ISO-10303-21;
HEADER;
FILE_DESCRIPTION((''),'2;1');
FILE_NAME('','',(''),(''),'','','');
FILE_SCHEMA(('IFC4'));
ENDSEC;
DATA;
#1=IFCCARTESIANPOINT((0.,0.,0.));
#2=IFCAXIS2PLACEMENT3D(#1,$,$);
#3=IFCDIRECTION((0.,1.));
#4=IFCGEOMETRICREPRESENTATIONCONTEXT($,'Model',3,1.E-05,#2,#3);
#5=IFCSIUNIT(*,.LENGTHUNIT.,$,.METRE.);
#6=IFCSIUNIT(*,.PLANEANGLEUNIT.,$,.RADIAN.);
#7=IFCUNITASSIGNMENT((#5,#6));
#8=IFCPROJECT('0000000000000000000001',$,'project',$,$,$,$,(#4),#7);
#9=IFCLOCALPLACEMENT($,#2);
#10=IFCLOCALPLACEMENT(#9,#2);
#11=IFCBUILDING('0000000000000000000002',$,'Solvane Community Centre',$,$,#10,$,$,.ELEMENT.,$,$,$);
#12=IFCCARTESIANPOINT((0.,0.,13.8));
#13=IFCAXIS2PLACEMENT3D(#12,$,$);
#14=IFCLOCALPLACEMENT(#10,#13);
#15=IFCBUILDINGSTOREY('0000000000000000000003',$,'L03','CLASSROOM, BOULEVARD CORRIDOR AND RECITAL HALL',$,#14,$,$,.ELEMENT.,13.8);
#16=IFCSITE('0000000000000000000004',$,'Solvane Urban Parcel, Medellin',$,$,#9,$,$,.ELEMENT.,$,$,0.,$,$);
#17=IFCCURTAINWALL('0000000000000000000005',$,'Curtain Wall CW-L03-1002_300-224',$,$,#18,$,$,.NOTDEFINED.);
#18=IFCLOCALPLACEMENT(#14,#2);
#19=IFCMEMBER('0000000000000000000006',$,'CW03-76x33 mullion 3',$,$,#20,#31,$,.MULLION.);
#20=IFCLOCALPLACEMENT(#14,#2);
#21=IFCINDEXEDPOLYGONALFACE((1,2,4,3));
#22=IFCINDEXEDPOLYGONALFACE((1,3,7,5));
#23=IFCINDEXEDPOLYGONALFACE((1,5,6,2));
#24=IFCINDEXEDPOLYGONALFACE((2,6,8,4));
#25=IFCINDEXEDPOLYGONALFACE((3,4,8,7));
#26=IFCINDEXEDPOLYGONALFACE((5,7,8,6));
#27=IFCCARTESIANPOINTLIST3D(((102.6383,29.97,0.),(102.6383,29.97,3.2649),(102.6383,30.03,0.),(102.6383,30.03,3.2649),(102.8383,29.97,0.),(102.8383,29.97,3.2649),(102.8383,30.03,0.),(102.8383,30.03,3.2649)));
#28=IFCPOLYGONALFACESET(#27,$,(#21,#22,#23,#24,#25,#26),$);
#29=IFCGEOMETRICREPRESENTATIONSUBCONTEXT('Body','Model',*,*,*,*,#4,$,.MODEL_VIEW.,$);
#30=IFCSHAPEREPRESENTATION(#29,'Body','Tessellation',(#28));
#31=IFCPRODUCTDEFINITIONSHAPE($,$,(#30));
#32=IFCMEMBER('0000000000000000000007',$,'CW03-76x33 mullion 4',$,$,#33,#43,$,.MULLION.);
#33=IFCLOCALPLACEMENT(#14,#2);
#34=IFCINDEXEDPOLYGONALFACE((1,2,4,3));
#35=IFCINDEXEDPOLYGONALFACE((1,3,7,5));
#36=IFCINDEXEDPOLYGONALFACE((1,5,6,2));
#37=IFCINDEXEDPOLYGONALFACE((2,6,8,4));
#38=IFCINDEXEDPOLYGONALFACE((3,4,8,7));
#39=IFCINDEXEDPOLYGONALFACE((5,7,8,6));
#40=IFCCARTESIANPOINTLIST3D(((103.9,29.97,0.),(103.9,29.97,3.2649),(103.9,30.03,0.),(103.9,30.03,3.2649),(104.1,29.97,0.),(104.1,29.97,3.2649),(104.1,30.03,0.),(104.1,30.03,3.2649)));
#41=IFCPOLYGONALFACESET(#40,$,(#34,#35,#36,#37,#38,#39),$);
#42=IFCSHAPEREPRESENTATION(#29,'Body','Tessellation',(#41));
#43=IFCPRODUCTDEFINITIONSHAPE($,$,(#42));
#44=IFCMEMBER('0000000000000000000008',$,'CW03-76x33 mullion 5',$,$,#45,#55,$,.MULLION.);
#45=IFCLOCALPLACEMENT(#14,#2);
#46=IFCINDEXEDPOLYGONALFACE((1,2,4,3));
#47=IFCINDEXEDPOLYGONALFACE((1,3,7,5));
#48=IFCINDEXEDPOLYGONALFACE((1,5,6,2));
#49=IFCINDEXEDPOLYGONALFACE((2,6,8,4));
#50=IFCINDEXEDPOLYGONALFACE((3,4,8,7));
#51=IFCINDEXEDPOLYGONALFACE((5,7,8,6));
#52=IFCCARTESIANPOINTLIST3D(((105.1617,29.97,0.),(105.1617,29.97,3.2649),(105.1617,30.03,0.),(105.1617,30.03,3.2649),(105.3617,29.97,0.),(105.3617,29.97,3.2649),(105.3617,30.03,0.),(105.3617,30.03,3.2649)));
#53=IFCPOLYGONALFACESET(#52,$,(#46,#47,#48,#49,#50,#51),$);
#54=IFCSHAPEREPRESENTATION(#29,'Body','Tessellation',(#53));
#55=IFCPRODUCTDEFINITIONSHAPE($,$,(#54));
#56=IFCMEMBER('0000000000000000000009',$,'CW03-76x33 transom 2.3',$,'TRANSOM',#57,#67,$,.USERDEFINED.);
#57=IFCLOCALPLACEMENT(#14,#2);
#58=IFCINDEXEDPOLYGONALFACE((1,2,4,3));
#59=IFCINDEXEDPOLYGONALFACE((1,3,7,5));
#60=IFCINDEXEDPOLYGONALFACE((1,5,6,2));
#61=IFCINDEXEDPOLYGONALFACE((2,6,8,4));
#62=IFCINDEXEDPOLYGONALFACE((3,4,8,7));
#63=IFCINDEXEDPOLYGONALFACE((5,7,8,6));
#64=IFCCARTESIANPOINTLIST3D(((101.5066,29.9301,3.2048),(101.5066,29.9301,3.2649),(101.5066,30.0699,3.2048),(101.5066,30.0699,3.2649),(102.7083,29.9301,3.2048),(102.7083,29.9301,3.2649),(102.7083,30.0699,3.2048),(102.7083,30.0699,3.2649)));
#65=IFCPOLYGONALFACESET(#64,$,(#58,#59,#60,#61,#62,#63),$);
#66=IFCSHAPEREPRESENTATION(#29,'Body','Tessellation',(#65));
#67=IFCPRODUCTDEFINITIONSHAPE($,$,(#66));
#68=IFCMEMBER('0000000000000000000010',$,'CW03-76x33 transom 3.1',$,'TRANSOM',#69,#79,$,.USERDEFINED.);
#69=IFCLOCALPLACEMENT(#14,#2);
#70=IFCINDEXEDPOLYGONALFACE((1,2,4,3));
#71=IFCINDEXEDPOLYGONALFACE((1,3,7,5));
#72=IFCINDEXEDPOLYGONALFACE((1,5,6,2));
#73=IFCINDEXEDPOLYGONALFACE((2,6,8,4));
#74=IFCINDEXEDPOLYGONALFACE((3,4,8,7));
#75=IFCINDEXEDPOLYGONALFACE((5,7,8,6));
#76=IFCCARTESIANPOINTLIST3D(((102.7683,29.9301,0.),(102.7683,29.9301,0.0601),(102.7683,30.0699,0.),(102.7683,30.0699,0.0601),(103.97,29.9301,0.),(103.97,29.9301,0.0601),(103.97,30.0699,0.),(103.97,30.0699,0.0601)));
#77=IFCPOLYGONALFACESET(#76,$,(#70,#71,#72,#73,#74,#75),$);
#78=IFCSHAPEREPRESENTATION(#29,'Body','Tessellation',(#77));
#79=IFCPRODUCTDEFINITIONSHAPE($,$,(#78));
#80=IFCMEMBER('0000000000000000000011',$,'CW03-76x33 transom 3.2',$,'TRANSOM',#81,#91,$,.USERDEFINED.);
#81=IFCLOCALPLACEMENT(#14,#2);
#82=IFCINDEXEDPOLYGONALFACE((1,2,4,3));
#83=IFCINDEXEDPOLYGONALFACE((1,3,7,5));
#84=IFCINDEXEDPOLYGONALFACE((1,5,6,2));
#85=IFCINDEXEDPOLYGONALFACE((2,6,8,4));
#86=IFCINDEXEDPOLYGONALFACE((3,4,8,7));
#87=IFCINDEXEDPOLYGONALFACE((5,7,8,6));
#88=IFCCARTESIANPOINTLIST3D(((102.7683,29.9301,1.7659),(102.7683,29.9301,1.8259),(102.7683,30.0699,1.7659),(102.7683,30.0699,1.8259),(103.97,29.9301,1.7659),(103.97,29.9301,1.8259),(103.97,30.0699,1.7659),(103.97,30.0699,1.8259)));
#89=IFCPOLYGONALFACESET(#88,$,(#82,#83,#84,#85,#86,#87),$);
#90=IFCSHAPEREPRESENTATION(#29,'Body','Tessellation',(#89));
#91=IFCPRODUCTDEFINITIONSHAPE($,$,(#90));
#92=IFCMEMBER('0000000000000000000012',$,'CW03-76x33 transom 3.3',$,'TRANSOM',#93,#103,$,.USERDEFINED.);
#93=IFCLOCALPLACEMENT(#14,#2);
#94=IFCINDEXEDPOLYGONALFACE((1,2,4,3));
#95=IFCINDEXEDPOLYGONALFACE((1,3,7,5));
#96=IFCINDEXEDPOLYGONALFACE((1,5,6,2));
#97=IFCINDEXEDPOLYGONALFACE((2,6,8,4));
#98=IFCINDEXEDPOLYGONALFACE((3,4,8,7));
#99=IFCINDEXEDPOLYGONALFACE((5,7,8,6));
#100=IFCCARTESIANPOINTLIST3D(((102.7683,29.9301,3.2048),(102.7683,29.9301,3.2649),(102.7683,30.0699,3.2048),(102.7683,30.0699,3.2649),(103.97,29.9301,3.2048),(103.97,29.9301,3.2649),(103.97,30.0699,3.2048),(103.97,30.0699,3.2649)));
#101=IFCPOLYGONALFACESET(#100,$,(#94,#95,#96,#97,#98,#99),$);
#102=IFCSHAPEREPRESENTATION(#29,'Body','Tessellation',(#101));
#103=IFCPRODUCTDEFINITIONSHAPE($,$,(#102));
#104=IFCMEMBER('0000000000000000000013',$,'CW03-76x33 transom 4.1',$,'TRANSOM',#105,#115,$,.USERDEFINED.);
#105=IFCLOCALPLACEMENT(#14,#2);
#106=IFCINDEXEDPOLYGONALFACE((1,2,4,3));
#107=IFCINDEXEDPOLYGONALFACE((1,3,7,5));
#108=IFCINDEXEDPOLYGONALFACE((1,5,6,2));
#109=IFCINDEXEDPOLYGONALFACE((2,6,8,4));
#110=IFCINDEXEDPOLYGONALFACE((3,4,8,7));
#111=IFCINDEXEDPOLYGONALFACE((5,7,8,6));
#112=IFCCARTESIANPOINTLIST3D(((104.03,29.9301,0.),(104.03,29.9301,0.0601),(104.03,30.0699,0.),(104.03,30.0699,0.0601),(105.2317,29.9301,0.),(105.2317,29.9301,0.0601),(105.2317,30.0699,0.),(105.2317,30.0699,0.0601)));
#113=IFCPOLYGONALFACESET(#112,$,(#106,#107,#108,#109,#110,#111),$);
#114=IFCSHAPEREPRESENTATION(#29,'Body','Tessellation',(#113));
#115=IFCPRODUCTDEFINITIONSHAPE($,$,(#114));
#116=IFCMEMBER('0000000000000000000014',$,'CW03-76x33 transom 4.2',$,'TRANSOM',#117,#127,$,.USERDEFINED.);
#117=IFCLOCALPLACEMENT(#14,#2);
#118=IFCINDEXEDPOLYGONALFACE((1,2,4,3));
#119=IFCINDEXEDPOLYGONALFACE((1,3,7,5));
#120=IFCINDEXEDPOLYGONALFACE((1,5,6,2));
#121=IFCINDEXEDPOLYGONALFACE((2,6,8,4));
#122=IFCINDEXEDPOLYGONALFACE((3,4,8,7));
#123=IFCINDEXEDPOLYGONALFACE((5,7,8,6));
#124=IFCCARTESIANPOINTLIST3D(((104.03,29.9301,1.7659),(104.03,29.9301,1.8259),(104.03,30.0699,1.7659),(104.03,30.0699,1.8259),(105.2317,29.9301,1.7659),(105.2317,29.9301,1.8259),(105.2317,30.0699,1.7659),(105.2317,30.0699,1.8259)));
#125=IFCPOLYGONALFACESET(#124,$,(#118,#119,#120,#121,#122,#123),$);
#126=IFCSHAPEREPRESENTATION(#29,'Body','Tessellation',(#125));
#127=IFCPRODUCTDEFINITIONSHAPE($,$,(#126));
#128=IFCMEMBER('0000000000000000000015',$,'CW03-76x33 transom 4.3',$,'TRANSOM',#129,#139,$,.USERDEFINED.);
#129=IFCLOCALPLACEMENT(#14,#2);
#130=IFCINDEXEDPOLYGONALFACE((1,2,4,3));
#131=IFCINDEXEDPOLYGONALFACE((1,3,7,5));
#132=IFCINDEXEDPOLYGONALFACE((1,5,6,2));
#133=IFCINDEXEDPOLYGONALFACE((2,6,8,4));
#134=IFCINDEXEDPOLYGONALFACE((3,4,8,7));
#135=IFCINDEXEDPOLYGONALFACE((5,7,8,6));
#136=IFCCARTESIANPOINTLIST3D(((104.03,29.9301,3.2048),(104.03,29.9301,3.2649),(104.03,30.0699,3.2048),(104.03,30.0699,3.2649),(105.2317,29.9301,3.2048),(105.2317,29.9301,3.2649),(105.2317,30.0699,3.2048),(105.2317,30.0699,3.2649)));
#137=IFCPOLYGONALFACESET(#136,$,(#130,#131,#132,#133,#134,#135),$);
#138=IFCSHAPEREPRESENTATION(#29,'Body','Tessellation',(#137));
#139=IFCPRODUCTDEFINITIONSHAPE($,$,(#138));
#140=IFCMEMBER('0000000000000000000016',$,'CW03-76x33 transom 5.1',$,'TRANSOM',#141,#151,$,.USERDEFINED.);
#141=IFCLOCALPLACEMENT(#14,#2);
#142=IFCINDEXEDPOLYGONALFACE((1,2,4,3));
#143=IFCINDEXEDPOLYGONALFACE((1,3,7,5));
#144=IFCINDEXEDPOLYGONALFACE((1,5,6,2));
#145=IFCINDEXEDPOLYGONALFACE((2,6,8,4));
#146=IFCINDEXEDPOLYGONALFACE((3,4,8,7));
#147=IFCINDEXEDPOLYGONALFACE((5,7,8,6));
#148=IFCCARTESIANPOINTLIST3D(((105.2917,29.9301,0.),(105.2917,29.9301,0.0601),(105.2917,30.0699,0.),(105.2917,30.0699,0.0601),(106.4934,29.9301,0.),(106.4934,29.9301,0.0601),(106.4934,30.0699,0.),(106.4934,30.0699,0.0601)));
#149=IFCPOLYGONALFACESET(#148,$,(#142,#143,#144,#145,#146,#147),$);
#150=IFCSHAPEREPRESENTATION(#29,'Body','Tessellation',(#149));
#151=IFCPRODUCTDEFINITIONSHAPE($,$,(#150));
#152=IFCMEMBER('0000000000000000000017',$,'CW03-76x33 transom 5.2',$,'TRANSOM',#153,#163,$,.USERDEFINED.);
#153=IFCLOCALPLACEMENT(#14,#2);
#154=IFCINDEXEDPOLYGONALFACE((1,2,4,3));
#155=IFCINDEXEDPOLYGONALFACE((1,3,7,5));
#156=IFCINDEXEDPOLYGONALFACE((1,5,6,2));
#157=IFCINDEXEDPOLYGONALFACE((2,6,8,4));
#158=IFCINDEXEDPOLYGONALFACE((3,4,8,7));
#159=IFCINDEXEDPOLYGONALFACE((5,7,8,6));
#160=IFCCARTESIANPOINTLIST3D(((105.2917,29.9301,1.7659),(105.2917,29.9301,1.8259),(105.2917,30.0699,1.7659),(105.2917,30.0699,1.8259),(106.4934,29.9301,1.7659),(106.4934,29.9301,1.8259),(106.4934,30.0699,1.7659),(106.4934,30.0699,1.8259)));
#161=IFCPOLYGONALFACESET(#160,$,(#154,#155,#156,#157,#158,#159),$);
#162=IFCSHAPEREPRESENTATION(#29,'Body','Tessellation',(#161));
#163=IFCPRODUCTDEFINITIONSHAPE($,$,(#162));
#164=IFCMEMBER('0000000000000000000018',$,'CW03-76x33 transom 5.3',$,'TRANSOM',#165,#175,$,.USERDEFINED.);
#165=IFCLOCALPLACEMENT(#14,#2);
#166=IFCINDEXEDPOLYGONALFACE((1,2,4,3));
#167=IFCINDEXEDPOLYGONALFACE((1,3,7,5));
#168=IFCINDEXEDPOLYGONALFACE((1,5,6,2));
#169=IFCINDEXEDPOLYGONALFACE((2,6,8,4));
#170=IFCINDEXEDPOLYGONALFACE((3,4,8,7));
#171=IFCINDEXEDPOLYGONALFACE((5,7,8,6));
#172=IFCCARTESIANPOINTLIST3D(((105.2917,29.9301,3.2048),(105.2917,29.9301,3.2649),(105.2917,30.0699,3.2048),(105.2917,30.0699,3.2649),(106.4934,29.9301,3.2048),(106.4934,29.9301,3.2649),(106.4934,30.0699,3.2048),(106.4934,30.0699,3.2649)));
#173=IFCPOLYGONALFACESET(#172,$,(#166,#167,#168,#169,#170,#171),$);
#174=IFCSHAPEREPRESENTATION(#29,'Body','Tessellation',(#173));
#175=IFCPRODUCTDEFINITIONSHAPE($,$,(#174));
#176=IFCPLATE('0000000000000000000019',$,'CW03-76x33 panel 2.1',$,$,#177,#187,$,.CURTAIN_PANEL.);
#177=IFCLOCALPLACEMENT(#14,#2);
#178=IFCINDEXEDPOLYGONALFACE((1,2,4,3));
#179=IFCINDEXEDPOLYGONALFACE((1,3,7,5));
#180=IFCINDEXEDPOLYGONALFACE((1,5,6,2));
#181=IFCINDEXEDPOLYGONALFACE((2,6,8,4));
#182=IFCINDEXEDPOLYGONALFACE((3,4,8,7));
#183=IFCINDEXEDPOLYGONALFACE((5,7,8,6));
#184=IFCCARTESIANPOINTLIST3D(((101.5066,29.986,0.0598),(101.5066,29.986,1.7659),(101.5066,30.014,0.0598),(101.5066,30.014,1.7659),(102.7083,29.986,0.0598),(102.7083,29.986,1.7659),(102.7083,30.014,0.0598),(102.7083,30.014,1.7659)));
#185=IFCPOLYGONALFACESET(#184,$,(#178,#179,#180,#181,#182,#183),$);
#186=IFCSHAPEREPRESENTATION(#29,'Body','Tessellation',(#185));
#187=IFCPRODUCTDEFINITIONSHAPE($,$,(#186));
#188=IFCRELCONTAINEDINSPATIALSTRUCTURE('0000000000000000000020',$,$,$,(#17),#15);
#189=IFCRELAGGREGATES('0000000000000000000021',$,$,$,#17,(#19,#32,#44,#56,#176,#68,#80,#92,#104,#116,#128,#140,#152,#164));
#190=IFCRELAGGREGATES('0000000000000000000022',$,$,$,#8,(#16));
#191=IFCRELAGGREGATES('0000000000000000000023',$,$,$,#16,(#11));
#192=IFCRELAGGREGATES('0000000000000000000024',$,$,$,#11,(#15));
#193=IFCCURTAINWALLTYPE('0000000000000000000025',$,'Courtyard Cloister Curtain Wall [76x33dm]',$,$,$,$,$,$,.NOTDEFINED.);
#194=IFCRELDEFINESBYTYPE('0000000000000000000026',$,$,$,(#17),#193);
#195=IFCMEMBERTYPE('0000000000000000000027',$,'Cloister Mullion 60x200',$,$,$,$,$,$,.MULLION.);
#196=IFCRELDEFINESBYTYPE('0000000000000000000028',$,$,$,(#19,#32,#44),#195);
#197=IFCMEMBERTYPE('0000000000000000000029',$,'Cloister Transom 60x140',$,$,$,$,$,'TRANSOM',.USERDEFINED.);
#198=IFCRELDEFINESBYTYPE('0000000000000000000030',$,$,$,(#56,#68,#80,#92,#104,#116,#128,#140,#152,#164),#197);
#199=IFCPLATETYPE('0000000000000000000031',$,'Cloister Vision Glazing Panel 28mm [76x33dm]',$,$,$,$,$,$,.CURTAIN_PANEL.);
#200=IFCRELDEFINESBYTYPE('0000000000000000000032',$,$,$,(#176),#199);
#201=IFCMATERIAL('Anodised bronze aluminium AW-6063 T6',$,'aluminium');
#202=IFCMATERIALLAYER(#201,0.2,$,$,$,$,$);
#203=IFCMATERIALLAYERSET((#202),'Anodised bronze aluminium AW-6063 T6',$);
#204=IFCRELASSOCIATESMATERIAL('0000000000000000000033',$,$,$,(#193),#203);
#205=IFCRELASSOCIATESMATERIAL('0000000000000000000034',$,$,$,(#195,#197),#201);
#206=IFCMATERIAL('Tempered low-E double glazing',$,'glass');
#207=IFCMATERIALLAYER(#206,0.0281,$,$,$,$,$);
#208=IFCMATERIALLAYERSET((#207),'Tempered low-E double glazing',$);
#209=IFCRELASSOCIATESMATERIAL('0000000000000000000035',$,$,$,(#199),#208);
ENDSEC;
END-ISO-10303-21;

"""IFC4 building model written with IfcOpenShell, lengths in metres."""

from ifc_helpers import new_model, si_unit, direction, frame, origin, origin_2d, place, context, subcontext, project, spatial, rectangle, extrude, material, layer, layer_set, material_profile, profile_set, type_object, element, aggregate, save


model = new_model("IFC4")

# Units and contexts
model_context = context("Model", 3, precision=1e-05, world=origin(), true_north=direction((0.0, 1.0)))
body_context = subcontext(model_context, "Body", "Model", "MODEL_VIEW")
ifc_project = project(units=[si_unit("LENGTHUNIT", "METRE"), si_unit("PLANEANGLEUNIT", "RADIAN")], contexts=[model_context])

# Site, building, storey
site_placement = place(None, origin())
site = spatial("IfcSite", under=ifc_project, at=site_placement, Name="Solvane Urban Parcel, Medellin", CompositionType="ELEMENT", RefElevation=0.0)
building_placement = place(site_placement, origin())
building = spatial("IfcBuilding", under=site, at=building_placement, Name="Solvane Community Centre", CompositionType="ELEMENT")
storey_placement = place(building_placement, frame((0.0, 0.0, 13.8)))
storey = spatial("IfcBuildingStorey", under=building, at=storey_placement, Name="L03", Description="CLASSROOM, BOULEVARD CORRIDOR AND RECITAL HALL", CompositionType="ELEMENT", Elevation=13.8)

# Curtain wall, members, plate
ifc_material_1 = material(Name="Anodised bronze aluminium AW-6063 T6", Category="aluminium")
ifc_layer_1 = layer(ifc_material_1, 0.2)
ifc_layer_set_1 = layer_set([ifc_layer_1], Name="Anodised bronze aluminium AW-6063 T6")
curtain_wall_type = type_object("IfcCurtainWallType", Name="Courtyard Cloister Curtain Wall [76x33dm]", PredefinedType="NOTDEFINED", material=ifc_layer_set_1)
curtain_wall_placement = place(storey_placement, origin())
curtain_wall = element("IfcCurtainWall", 1, at=curtain_wall_placement, inside=storey, type_object=curtain_wall_type, Name="Curtain Wall CW-L03-1002_300-224", PredefinedType="NOTDEFINED")
ifc_material_profile_1 = material_profile(ifc_material_1, rectangle(XDim=0.0601, YDim=0.2, at=origin_2d()), Name="CW-M 60x200")
ifc_profile_set_1 = profile_set([ifc_material_profile_1], Name="Anodised bronze aluminium AW-6063 T6")
member_type_1 = type_object("IfcMemberType", Name="Cloister Mullion 60x200", PredefinedType="MULLION", material=ifc_profile_set_1)
member_1_placement = place(storey_placement, frame((102.7383, 30.0, 0.0), z_axis=(0.0, 0.0, 1.0), x_axis=(0.0, 1.0, 0.0)))
member_1 = element("IfcMember", 2, at=member_1_placement, type_object=member_type_1, Name="CW03-76x33 mullion 3", PredefinedType="MULLION", context=body_context, shape_type="SweptSolid", body=[
    extrude(rectangle(XDim=0.0601, YDim=0.2, at=origin_2d()), origin(), (0.0, 0.0, 1.0), 3.2649),
])
member_2_placement = place(storey_placement, frame((104.0, 30.0, 0.0), z_axis=(0.0, 0.0, 1.0), x_axis=(0.0, 1.0, 0.0)))
member_2 = element("IfcMember", 3, at=member_2_placement, type_object=member_type_1, Name="CW03-76x33 mullion 4", PredefinedType="MULLION", context=body_context, shape_type="SweptSolid", body=[
    extrude(rectangle(XDim=0.0601, YDim=0.2, at=origin_2d()), origin(), (0.0, 0.0, 1.0), 3.2649),
])
member_3_placement = place(storey_placement, frame((105.2617, 30.0, 0.0), z_axis=(0.0, 0.0, 1.0), x_axis=(0.0, 1.0, 0.0)))
member_3 = element("IfcMember", 4, at=member_3_placement, type_object=member_type_1, Name="CW03-76x33 mullion 5", PredefinedType="MULLION", context=body_context, shape_type="SweptSolid", body=[
    extrude(rectangle(XDim=0.0601, YDim=0.2, at=origin_2d()), origin(), (0.0, 0.0, 1.0), 3.2649),
])
ifc_material_profile_2 = material_profile(ifc_material_1, rectangle(XDim=0.1399, YDim=0.0601, at=origin_2d()), Name="CW-T 60x140")
ifc_profile_set_2 = profile_set([ifc_material_profile_2], Name="Anodised bronze aluminium AW-6063 T6")
member_type_2 = type_object("IfcMemberType", Name="Cloister Transom 60x140", ElementType="TRANSOM", PredefinedType="USERDEFINED", material=ifc_profile_set_2)
member_4_placement = place(storey_placement, frame((101.5066, 30.0, 3.2349), z_axis=(1.0, 0.0, 0.0), x_axis=(0.0, 1.0, 0.0)))
member_4 = element("IfcMember", 5, at=member_4_placement, type_object=member_type_2, Name="CW03-76x33 transom 2.3", ObjectType="TRANSOM", PredefinedType="USERDEFINED", context=body_context, shape_type="SweptSolid", body=[
    extrude(rectangle(XDim=0.1399, YDim=0.0601, at=origin_2d()), origin(), (0.0, 0.0, 1.0), 1.2017),
])
member_5_placement = place(storey_placement, frame((102.7683, 30.0, 0.03), z_axis=(1.0, 0.0, 0.0), x_axis=(0.0, 1.0, 0.0)))
member_5 = element("IfcMember", 6, at=member_5_placement, type_object=member_type_2, Name="CW03-76x33 transom 3.1", ObjectType="TRANSOM", PredefinedType="USERDEFINED", context=body_context, shape_type="SweptSolid", body=[
    extrude(rectangle(XDim=0.1399, YDim=0.0601, at=origin_2d()), origin(), (0.0, 0.0, 1.0), 1.2017),
])
member_6_placement = place(storey_placement, frame((102.7683, 30.0, 1.7959), z_axis=(1.0, 0.0, 0.0), x_axis=(0.0, 1.0, 0.0)))
member_6 = element("IfcMember", 7, at=member_6_placement, type_object=member_type_2, Name="CW03-76x33 transom 3.2", ObjectType="TRANSOM", PredefinedType="USERDEFINED", context=body_context, shape_type="SweptSolid", body=[
    extrude(rectangle(XDim=0.1399, YDim=0.0601, at=origin_2d()), origin(), (0.0, 0.0, 1.0), 1.2017),
])
member_7_placement = place(storey_placement, frame((102.7683, 30.0, 3.2349), z_axis=(1.0, 0.0, 0.0), x_axis=(0.0, 1.0, 0.0)))
member_7 = element("IfcMember", 8, at=member_7_placement, type_object=member_type_2, Name="CW03-76x33 transom 3.3", ObjectType="TRANSOM", PredefinedType="USERDEFINED", context=body_context, shape_type="SweptSolid", body=[
    extrude(rectangle(XDim=0.1399, YDim=0.0601, at=origin_2d()), origin(), (0.0, 0.0, 1.0), 1.2017),
])
member_8_placement = place(storey_placement, frame((104.03, 30.0, 0.03), z_axis=(1.0, 0.0, 0.0), x_axis=(0.0, 1.0, 0.0)))
member_8 = element("IfcMember", 9, at=member_8_placement, type_object=member_type_2, Name="CW03-76x33 transom 4.1", ObjectType="TRANSOM", PredefinedType="USERDEFINED", context=body_context, shape_type="SweptSolid", body=[
    extrude(rectangle(XDim=0.1399, YDim=0.0601, at=origin_2d()), origin(), (0.0, 0.0, 1.0), 1.2017),
])
member_9_placement = place(storey_placement, frame((104.03, 30.0, 1.7959), z_axis=(1.0, 0.0, 0.0), x_axis=(0.0, 1.0, 0.0)))
member_9 = element("IfcMember", 10, at=member_9_placement, type_object=member_type_2, Name="CW03-76x33 transom 4.2", ObjectType="TRANSOM", PredefinedType="USERDEFINED", context=body_context, shape_type="SweptSolid", body=[
    extrude(rectangle(XDim=0.1399, YDim=0.0601, at=origin_2d()), origin(), (0.0, 0.0, 1.0), 1.2017),
])
member_10_placement = place(storey_placement, frame((104.03, 30.0, 3.2349), z_axis=(1.0, 0.0, 0.0), x_axis=(0.0, 1.0, 0.0)))
member_10 = element("IfcMember", 11, at=member_10_placement, type_object=member_type_2, Name="CW03-76x33 transom 4.3", ObjectType="TRANSOM", PredefinedType="USERDEFINED", context=body_context, shape_type="SweptSolid", body=[
    extrude(rectangle(XDim=0.1399, YDim=0.0601, at=origin_2d()), origin(), (0.0, 0.0, 1.0), 1.2017),
])
member_11_placement = place(storey_placement, frame((105.2917, 30.0, 0.03), z_axis=(1.0, 0.0, 0.0), x_axis=(0.0, 1.0, 0.0)))
member_11 = element("IfcMember", 12, at=member_11_placement, type_object=member_type_2, Name="CW03-76x33 transom 5.1", ObjectType="TRANSOM", PredefinedType="USERDEFINED", context=body_context, shape_type="SweptSolid", body=[
    extrude(rectangle(XDim=0.1399, YDim=0.0601, at=origin_2d()), origin(), (0.0, 0.0, 1.0), 1.2017),
])
member_12_placement = place(storey_placement, frame((105.2917, 30.0, 1.7959), z_axis=(1.0, 0.0, 0.0), x_axis=(0.0, 1.0, 0.0)))
member_12 = element("IfcMember", 13, at=member_12_placement, type_object=member_type_2, Name="CW03-76x33 transom 5.2", ObjectType="TRANSOM", PredefinedType="USERDEFINED", context=body_context, shape_type="SweptSolid", body=[
    extrude(rectangle(XDim=0.1399, YDim=0.0601, at=origin_2d()), origin(), (0.0, 0.0, 1.0), 1.2017),
])
member_13_placement = place(storey_placement, frame((105.2917, 30.0, 3.2349), z_axis=(1.0, 0.0, 0.0), x_axis=(0.0, 1.0, 0.0)))
member_13 = element("IfcMember", 14, at=member_13_placement, type_object=member_type_2, Name="CW03-76x33 transom 5.3", ObjectType="TRANSOM", PredefinedType="USERDEFINED", context=body_context, shape_type="SweptSolid", body=[
    extrude(rectangle(XDim=0.1399, YDim=0.0601, at=origin_2d()), origin(), (0.0, 0.0, 1.0), 1.2017),
])
ifc_material_2 = material(Name="Tempered low-E double glazing", Category="glass")
ifc_layer_2 = layer(ifc_material_2, 0.0281)
ifc_layer_set_2 = layer_set([ifc_layer_2], Name="Tempered low-E double glazing")
plate_type = type_object("IfcPlateType", Name="Cloister Vision Glazing Panel 28mm [76x33dm]", PredefinedType="CURTAIN_PANEL", material=ifc_layer_set_2)
plate_1_placement = place(storey_placement, frame((102.1074, 30.0, 0.0598), z_axis=(0.0, 0.0, 1.0), x_axis=(1.0, 0.0, 0.0)))
plate_1 = element("IfcPlate", 15, at=plate_1_placement, type_object=plate_type, Name="CW03-76x33 panel 2.1", PredefinedType="CURTAIN_PANEL", context=body_context, shape_type="SweptSolid", body=[
    extrude(rectangle(XDim=1.2017, YDim=0.0281, at=origin_2d()), origin(), (0.0, 0.0, 1.0), 1.7061),
])
aggregate(curtain_wall, [member_1, member_2, member_3, member_4, plate_1, member_5, member_6, member_7, member_8, member_9, member_10, member_11, member_12, member_13])

save(model, "model.ifc")
